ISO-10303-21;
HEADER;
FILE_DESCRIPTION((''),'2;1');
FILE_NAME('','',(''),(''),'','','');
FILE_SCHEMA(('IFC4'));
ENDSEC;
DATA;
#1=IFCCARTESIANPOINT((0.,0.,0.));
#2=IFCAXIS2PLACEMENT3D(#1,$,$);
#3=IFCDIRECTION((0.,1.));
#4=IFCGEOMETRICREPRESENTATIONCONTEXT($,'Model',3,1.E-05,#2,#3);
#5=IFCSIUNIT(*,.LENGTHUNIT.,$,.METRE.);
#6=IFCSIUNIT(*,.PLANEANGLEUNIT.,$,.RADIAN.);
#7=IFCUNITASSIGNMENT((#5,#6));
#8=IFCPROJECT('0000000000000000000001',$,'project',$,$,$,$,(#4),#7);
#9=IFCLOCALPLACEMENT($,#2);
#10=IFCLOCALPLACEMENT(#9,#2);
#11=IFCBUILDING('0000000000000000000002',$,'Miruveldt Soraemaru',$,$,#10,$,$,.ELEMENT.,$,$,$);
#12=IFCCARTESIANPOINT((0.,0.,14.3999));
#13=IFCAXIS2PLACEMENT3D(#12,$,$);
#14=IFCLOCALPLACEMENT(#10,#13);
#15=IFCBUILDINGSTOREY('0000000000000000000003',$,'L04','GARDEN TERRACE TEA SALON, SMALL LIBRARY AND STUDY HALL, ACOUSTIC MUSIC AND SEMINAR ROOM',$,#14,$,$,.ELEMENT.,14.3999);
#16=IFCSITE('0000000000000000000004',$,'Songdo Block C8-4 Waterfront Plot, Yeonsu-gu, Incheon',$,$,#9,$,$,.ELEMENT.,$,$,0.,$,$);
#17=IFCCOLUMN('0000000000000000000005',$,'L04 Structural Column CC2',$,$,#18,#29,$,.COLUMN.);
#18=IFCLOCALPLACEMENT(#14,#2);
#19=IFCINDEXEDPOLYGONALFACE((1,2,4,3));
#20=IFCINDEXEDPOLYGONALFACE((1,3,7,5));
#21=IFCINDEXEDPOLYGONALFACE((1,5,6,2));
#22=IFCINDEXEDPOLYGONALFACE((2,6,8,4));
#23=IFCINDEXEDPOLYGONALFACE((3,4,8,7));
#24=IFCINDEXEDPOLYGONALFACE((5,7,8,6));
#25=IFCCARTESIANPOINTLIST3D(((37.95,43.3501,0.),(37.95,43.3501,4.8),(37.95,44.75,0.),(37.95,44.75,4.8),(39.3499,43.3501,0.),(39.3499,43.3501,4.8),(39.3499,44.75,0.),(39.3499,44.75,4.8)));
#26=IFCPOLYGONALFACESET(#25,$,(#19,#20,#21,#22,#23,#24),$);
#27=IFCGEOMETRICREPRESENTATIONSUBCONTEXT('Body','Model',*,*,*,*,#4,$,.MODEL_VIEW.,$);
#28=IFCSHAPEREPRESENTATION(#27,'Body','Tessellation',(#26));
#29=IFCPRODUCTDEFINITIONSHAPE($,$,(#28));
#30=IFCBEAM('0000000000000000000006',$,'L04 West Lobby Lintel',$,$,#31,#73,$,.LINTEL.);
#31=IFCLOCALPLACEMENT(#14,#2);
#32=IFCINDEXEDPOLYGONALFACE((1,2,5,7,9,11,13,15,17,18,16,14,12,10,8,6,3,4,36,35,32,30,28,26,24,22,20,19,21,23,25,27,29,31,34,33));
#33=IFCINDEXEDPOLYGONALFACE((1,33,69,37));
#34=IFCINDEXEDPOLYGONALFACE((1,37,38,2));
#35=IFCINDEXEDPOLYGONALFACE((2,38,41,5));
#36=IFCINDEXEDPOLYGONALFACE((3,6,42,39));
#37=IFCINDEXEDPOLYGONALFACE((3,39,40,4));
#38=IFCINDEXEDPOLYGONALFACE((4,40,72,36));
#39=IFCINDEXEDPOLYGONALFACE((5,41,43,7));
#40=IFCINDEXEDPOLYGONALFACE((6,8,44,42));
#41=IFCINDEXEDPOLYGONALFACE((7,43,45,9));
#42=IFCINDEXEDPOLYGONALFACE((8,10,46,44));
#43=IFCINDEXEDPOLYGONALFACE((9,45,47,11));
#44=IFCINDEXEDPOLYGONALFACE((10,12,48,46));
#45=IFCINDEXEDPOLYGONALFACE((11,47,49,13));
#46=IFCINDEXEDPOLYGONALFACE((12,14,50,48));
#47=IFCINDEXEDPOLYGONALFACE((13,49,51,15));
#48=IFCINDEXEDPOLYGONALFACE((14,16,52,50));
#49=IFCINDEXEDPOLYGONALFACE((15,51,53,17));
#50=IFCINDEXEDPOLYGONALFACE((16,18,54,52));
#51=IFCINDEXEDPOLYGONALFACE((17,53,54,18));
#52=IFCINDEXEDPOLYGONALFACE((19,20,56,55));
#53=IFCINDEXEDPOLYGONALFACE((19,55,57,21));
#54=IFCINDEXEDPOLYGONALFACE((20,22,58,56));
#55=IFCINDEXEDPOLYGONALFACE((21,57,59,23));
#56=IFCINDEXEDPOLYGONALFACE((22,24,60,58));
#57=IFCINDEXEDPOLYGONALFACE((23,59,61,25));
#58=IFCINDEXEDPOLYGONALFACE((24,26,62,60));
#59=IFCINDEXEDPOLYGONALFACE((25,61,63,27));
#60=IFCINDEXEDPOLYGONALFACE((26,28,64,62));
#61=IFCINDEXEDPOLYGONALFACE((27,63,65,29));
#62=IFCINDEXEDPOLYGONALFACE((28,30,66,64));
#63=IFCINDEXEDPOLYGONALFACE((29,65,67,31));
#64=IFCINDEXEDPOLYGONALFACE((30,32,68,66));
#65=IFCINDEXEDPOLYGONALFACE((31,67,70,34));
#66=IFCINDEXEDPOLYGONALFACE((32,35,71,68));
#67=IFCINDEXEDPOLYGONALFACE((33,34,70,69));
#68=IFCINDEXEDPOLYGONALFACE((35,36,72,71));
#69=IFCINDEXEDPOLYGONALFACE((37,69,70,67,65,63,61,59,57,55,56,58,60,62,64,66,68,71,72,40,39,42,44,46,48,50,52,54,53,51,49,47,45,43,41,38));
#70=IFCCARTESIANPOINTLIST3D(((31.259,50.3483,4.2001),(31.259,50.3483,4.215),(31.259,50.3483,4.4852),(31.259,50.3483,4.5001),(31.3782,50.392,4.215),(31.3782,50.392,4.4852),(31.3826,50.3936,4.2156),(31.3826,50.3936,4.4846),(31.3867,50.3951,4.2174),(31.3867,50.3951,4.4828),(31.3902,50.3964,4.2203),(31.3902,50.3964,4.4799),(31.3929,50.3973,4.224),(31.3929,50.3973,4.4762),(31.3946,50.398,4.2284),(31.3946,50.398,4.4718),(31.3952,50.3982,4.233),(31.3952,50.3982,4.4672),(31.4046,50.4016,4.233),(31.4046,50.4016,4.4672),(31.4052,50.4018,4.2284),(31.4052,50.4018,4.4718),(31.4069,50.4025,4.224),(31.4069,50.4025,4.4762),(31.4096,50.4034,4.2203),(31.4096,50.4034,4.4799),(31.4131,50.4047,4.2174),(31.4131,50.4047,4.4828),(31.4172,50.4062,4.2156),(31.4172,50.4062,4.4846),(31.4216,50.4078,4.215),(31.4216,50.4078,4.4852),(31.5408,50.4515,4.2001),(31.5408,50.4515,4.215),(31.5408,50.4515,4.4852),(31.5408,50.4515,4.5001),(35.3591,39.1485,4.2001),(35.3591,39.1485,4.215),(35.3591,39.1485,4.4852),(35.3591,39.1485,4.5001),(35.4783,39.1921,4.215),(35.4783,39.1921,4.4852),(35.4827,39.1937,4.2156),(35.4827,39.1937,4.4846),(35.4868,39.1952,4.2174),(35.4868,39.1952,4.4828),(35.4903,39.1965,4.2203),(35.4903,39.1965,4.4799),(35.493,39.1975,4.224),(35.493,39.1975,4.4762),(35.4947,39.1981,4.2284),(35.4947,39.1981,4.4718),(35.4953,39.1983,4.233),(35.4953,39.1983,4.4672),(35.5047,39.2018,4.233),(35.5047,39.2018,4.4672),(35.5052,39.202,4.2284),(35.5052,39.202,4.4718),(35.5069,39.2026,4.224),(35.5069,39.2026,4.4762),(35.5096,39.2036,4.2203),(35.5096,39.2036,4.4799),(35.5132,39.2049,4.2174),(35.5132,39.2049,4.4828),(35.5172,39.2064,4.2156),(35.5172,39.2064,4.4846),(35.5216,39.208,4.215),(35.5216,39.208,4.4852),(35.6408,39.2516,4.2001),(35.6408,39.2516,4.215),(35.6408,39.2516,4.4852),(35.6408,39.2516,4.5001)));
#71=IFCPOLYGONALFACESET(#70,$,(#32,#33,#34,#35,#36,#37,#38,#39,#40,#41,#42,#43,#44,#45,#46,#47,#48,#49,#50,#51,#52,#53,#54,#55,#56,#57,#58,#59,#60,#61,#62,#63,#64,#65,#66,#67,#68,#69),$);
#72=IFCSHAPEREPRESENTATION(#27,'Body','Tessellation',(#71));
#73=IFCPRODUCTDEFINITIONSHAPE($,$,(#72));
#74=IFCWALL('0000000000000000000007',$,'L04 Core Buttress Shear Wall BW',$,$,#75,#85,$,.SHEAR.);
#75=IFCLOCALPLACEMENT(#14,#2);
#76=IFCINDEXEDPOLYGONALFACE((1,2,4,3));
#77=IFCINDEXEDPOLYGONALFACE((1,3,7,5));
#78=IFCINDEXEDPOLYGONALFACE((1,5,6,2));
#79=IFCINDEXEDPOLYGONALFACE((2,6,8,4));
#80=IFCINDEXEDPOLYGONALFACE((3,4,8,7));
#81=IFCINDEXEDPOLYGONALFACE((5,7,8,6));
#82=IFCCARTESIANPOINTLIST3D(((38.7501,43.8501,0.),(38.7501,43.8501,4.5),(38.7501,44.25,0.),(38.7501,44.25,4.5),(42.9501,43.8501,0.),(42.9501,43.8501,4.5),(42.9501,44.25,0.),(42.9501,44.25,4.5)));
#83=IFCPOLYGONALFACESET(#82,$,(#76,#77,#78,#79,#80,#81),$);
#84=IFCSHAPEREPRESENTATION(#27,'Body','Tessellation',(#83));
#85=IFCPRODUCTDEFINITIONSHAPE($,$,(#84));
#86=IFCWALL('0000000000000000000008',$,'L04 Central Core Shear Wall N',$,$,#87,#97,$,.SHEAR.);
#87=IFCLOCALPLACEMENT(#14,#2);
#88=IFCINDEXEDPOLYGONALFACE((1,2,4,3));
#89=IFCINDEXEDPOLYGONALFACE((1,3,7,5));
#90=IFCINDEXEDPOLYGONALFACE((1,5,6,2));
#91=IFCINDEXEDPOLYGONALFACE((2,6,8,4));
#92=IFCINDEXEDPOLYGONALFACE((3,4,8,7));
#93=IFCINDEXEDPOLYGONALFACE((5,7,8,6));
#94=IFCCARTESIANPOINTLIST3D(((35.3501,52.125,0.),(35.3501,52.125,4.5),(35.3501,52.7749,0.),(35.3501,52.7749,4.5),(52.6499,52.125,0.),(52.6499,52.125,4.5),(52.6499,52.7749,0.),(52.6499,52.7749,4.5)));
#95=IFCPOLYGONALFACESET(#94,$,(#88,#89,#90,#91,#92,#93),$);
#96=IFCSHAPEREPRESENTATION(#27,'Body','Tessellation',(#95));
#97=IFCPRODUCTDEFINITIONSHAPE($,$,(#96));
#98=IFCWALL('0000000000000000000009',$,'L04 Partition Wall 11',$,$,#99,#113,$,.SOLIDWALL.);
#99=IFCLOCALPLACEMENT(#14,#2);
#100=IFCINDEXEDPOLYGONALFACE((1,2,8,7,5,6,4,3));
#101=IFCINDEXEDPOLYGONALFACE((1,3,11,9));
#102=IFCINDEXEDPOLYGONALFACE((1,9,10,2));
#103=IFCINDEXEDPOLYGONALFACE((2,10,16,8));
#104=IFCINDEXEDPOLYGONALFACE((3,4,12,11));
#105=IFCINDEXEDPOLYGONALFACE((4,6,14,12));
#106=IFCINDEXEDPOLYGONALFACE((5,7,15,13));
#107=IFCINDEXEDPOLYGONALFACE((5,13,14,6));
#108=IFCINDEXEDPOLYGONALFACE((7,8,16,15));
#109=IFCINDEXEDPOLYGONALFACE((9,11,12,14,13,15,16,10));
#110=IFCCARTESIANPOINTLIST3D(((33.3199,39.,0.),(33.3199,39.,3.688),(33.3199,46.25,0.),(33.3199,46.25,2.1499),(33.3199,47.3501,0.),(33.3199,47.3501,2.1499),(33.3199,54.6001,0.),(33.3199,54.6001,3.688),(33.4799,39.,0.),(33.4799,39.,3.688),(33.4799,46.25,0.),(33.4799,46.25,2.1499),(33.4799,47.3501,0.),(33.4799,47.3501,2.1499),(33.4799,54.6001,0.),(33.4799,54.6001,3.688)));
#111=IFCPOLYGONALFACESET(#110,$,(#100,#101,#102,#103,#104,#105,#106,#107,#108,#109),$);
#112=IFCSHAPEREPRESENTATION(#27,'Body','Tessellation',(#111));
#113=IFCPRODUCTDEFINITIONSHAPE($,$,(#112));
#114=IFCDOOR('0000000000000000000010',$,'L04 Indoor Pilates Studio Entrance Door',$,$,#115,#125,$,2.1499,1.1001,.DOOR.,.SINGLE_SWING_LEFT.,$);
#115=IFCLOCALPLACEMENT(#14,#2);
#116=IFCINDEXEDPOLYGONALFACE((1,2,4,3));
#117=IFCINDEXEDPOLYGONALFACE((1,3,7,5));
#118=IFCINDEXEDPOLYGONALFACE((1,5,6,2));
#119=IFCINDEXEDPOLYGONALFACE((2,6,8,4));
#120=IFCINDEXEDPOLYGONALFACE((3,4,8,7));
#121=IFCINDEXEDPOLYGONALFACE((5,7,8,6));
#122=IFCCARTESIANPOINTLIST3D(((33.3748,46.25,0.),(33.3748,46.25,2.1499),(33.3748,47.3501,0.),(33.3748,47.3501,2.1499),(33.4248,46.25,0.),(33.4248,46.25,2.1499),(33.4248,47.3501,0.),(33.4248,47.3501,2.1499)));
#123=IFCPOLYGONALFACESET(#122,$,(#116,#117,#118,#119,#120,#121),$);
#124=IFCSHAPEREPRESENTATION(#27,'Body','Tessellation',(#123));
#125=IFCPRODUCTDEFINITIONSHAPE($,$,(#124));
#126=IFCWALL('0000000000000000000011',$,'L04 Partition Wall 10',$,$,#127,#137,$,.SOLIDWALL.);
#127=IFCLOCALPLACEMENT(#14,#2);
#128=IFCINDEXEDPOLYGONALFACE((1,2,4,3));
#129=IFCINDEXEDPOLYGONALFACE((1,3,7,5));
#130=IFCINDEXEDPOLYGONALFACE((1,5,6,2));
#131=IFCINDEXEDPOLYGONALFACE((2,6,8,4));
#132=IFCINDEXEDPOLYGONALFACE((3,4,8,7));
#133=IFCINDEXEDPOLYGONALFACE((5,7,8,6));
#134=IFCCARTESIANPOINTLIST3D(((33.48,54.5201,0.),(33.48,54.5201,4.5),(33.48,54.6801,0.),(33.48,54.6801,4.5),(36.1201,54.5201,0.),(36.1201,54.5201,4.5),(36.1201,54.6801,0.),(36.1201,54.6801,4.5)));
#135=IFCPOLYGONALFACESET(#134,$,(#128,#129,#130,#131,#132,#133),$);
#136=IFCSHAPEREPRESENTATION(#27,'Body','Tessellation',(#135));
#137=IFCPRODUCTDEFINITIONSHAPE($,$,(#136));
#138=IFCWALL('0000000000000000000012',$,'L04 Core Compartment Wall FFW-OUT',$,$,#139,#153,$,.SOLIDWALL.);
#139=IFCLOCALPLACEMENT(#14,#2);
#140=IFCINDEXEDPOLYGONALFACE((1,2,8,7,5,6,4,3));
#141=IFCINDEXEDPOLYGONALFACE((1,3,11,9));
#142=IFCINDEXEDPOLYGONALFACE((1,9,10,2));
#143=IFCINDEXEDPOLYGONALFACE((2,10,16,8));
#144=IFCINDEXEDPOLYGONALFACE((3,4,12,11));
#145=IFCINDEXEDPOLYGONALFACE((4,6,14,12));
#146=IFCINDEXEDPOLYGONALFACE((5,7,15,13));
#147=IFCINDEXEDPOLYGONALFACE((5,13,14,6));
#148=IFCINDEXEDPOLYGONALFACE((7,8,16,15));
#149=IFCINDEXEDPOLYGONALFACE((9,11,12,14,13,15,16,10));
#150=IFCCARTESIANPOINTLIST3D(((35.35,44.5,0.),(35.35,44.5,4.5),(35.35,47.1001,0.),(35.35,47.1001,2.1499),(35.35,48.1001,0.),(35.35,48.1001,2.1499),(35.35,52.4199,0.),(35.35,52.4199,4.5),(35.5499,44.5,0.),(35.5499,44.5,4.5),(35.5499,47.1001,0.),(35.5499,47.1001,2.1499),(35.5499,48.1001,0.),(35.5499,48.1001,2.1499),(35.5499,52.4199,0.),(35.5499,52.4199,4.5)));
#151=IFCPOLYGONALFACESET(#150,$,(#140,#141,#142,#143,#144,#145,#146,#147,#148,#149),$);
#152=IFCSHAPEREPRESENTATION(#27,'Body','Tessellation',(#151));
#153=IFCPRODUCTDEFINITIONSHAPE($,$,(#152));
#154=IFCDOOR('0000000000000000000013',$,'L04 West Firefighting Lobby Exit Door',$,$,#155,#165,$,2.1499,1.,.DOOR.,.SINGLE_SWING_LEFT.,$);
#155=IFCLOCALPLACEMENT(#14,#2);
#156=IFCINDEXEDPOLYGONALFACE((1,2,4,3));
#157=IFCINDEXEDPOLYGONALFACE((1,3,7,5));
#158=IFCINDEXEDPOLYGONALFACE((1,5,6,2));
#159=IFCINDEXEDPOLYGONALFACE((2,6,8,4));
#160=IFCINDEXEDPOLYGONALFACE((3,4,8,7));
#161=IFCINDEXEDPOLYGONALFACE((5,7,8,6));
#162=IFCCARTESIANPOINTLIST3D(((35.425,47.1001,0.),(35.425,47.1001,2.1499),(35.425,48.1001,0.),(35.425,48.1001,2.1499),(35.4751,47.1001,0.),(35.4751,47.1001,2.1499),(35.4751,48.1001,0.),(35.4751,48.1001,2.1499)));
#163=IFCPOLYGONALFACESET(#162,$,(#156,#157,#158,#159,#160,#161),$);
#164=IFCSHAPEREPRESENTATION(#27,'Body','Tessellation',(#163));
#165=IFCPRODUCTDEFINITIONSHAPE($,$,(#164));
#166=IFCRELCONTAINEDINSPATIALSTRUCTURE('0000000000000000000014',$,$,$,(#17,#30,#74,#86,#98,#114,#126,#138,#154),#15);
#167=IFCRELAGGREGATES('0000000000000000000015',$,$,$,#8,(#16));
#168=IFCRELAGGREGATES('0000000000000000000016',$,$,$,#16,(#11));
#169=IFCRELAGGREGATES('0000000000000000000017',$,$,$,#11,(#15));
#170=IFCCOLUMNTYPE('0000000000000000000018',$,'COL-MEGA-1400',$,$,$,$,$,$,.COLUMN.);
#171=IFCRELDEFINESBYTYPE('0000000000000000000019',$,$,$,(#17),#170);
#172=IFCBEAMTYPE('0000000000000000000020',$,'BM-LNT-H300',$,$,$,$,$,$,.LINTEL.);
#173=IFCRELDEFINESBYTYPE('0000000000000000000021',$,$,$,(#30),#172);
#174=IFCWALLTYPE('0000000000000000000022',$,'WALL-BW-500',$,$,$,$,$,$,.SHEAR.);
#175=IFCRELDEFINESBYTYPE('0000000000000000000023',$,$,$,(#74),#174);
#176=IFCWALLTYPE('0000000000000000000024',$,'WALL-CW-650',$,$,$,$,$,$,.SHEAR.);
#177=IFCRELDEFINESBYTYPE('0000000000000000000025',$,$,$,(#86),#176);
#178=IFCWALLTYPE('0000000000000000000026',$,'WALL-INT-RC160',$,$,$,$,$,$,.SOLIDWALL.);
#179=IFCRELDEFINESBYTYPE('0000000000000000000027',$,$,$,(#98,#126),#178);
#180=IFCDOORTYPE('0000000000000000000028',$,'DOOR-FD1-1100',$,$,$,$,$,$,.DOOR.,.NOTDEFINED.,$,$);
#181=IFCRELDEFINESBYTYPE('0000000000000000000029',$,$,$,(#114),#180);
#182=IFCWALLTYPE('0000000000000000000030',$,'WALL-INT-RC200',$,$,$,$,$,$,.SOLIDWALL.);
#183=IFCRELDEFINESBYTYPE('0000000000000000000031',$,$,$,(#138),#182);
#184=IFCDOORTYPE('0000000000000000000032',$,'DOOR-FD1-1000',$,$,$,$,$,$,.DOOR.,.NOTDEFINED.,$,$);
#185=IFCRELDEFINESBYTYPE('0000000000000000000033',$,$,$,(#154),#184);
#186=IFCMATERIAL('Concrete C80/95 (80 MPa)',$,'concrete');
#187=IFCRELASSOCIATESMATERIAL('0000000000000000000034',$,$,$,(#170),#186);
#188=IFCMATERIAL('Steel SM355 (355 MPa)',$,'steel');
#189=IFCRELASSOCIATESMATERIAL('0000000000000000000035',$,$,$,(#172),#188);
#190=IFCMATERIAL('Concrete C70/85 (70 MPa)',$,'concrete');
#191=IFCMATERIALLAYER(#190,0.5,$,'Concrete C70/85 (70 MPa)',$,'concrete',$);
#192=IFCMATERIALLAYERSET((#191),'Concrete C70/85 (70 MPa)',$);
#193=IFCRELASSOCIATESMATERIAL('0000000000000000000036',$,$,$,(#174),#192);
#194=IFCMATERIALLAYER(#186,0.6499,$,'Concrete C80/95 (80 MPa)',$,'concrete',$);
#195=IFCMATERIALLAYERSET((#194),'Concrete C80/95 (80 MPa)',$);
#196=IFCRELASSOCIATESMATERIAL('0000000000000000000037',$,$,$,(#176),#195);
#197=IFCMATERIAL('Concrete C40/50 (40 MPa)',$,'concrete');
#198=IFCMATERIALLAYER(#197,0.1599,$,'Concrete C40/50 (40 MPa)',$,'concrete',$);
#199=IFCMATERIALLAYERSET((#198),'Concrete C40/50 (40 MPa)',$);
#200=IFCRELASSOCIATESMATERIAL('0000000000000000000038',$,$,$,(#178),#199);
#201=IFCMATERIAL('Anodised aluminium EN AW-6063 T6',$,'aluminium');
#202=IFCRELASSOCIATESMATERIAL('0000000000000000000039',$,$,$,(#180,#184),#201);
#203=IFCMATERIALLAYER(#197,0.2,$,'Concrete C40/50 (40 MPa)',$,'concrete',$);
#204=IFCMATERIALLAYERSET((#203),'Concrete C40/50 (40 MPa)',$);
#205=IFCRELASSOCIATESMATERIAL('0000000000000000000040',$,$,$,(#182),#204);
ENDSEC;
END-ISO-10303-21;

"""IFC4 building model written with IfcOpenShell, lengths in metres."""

from ifc_helpers import new_model, si_unit, direction, frame, frame_2d, origin, origin_2d, place, context, subcontext, project, spatial, rectangle, i_section, extrude, material, layer, layer_set, material_profile, profile_set, type_object, element, fill, save


model = new_model("IFC4")

# Units and contexts
model_context = context("Model", 3, precision=1e-05, world=origin(), true_north=direction((0.0, 1.0)))
body_context = subcontext(model_context, "Body", "Model", "MODEL_VIEW")
ifc_project = project(units=[si_unit("LENGTHUNIT", "METRE"), si_unit("PLANEANGLEUNIT", "RADIAN")], contexts=[model_context])

# Site, building, storey
site_placement = place(None, origin())
site = spatial("IfcSite", under=ifc_project, at=site_placement, Name="Songdo Block C8-4 Waterfront Plot, Yeonsu-gu, Incheon", CompositionType="ELEMENT", RefElevation=0.0)
building_placement = place(site_placement, origin())
building = spatial("IfcBuilding", under=site, at=building_placement, Name="Miruveldt Soraemaru", CompositionType="ELEMENT")
storey_placement = place(building_placement, frame((0.0, 0.0, 14.3999)))
storey = spatial("IfcBuildingStorey", under=building, at=storey_placement, Name="L04", Description="GARDEN TERRACE TEA SALON, SMALL LIBRARY AND STUDY HALL, ACOUSTIC MUSIC AND SEMINAR ROOM", CompositionType="ELEMENT", Elevation=14.3999)

# Column
ifc_material_1 = material(Name="Concrete C80/95 (80 MPa)", Category="concrete")
ifc_material_profile_1 = material_profile(ifc_material_1, rectangle(XDim=1.3999, YDim=1.3999, at=origin_2d()), Name="Concrete C80/95 (80 MPa)", Category="concrete")
ifc_profile_set_1 = profile_set([ifc_material_profile_1], Name="Concrete C80/95 (80 MPa)")
column_type = type_object("IfcColumnType", Name="COL-MEGA-1400", PredefinedType="COLUMN", material=ifc_profile_set_1)
column_placement = place(storey_placement, frame((38.6499, 44.05, 0.0), z_axis=(0.0, 0.0, 1.0), x_axis=(1.0, 0.0, 0.0)))
element("IfcColumn", 1, at=column_placement, inside=storey, type_object=column_type, Name="L04 Structural Column CC2", PredefinedType="COLUMN", context=body_context, shape_type="SweptSolid", body=[
    extrude(rectangle(XDim=1.3999, YDim=1.3999, at=origin_2d()), origin(), (0.0, 0.0, 1.0), 4.8),
])

# Beam
ifc_material_2 = material(Name="Steel SM355 (355 MPa)", Category="steel")
ifc_material_profile_2 = material_profile(ifc_material_2, i_section(OverallWidth=0.3, OverallDepth=0.3, WebThickness=0.01, FlangeThickness=0.0149, FilletRadius=0.0181, at=origin_2d()), Name="Steel SM355 (355 MPa)", Category="steel")
ifc_profile_set_2 = profile_set([ifc_material_profile_2], Name="Steel SM355 (355 MPa)")
beam_type = type_object("IfcBeamType", Name="BM-LNT-H300", PredefinedType="LINTEL", material=ifc_profile_set_2)
beam_placement = place(storey_placement, frame((31.3999, 50.3999, 4.3501), z_axis=(0.34377, -0.939054, 0.0), x_axis=(0.939054, 0.34377, 0.0)))
element("IfcBeam", 2, at=beam_placement, inside=storey, type_object=beam_type, Name="L04 West Lobby Lintel", PredefinedType="LINTEL", context=body_context, shape_type="SweptSolid", body=[
    extrude(i_section(OverallWidth=0.3, OverallDepth=0.3, WebThickness=0.01, FlangeThickness=0.0149, FilletRadius=0.0181, at=origin_2d()), origin(), (0.0, 0.0, 1.0), 11.9268),
])

# Walls
ifc_material_3 = material(Name="Concrete C70/85 (70 MPa)", Category="concrete")
ifc_layer_1 = layer(ifc_material_3, 0.5, Name="Concrete C70/85 (70 MPa)", Category="concrete")
ifc_layer_set_1 = layer_set([ifc_layer_1], Name="Concrete C70/85 (70 MPa)")
wall_type_1 = type_object("IfcWallType", Name="WALL-BW-500", PredefinedType="SHEAR", material=ifc_layer_set_1)
wall_1_placement = place(storey_placement, frame((38.75, 44.05, 0.0), z_axis=(0.0, 0.0, 1.0), x_axis=(1.0, 0.0, 0.0)))
element("IfcWall", 3, at=wall_1_placement, inside=storey, type_object=wall_type_1, Name="L04 Core Buttress Shear Wall BW", PredefinedType="SHEAR", context=body_context, shape_type="SweptSolid", body=[
    extrude(rectangle(XDim=4.2, YDim=0.3999, at=frame_2d((2.1001, 0.0))), origin(), (0.0, 0.0, 1.0), 4.5),
])
ifc_layer_2 = layer(ifc_material_1, 0.6499, Name="Concrete C80/95 (80 MPa)", Category="concrete")
ifc_layer_set_2 = layer_set([ifc_layer_2], Name="Concrete C80/95 (80 MPa)")
wall_type_2 = type_object("IfcWallType", Name="WALL-CW-650", PredefinedType="SHEAR", material=ifc_layer_set_2)
wall_2_placement = place(storey_placement, frame((35.3501, 52.45, 0.0), z_axis=(0.0, 0.0, 1.0), x_axis=(1.0, 0.0, 0.0)))
element("IfcWall", 4, at=wall_2_placement, inside=storey, type_object=wall_type_2, Name="L04 Central Core Shear Wall N", PredefinedType="SHEAR", context=body_context, shape_type="SweptSolid", body=[
    extrude(rectangle(XDim=17.2998, YDim=0.6499, at=frame_2d((8.6499, 0.0))), origin(), (0.0, 0.0, 1.0), 4.5),
])

# Wall, opening, door
ifc_material_4 = material(Name="Concrete C40/50 (40 MPa)", Category="concrete")
ifc_layer_3 = layer(ifc_material_4, 0.1599, Name="Concrete C40/50 (40 MPa)", Category="concrete")
ifc_layer_set_3 = layer_set([ifc_layer_3], Name="Concrete C40/50 (40 MPa)")
wall_type_3 = type_object("IfcWallType", Name="WALL-INT-RC160", PredefinedType="SOLIDWALL", material=ifc_layer_set_3)
wall_3_placement = place(storey_placement, frame((33.3999, 54.6001, 0.0), z_axis=(0.0, 0.0, 1.0), x_axis=(0.0, -1.0, 0.0)))
wall_3 = element("IfcWall", 5, at=wall_3_placement, inside=storey, type_object=wall_type_3, Name="L04 Partition Wall 11", PredefinedType="SOLIDWALL", context=body_context, shape_type="SweptSolid", body=[
    extrude(rectangle(XDim=15.6001, YDim=0.1599, at=frame_2d((7.8, 0.0))), origin(), (0.0, 0.0, 1.0), 3.688),
])
opening_1_placement = place(wall_3_placement, frame((7.25, 0.0, 0.0)))
opening_1 = element("IfcOpeningElement", 6, at=opening_1_placement, cuts=wall_3, PredefinedType="OPENING", context=body_context, shape_type="SweptSolid", body=[
    extrude(rectangle(XDim=1.1001, YDim=2.1499, at=frame_2d((0.55, 1.075))), frame((0.0, 0.0898, 0.0), z_axis=(0.0, -1.0, 0.0), x_axis=(1.0, 0.0, 0.0)), (0.0, 0.0, 1.0), 0.1799),
])
ifc_material_5 = material(Name="Anodised aluminium EN AW-6063 T6", Category="aluminium")
door_type_1 = type_object("IfcDoorType", Name="DOOR-FD1-1100", OperationType="NOTDEFINED", PredefinedType="DOOR", material=ifc_material_5)
door_1_placement = place(opening_1_placement, origin())
door_1 = element("IfcDoor", 7, at=door_1_placement, inside=storey, type_object=door_type_1, Name="L04 Indoor Pilates Studio Entrance Door", OperationType="SINGLE_SWING_LEFT", OverallHeight=2.1499, OverallWidth=1.1001, PredefinedType="DOOR", context=body_context, shape_type="SweptSolid", body=[
    extrude(rectangle(XDim=1.1001, YDim=2.1499, at=frame_2d((0.55, 1.075))), frame((0.0, 0.0249, 0.0), z_axis=(0.0, -1.0, 0.0), x_axis=(1.0, 0.0, 0.0)), (0.0, 0.0, 1.0), 0.05),
])
fill(opening_1, door_1)

# Wall
wall_4_placement = place(storey_placement, frame((36.1201, 54.6001, 0.0), z_axis=(0.0, 0.0, 1.0), x_axis=(-1.0, 0.0, 0.0)))
element("IfcWall", 8, at=wall_4_placement, inside=storey, type_object=wall_type_3, Name="L04 Partition Wall 10", PredefinedType="SOLIDWALL", context=body_context, shape_type="SweptSolid", body=[
    extrude(rectangle(XDim=2.6401, YDim=0.1599, at=frame_2d((1.3201, 0.0))), origin(), (0.0, 0.0, 1.0), 4.5),
])

# Wall, opening, door
ifc_layer_4 = layer(ifc_material_4, 0.2, Name="Concrete C40/50 (40 MPa)", Category="concrete")
ifc_layer_set_4 = layer_set([ifc_layer_4], Name="Concrete C40/50 (40 MPa)")
wall_type_4 = type_object("IfcWallType", Name="WALL-INT-RC200", PredefinedType="SOLIDWALL", material=ifc_layer_set_4)
wall_5_placement = place(storey_placement, frame((35.45, 44.5, 0.0), z_axis=(0.0, 0.0, 1.0), x_axis=(0.0, 1.0, 0.0)))
wall_5 = element("IfcWall", 9, at=wall_5_placement, inside=storey, type_object=wall_type_4, Name="L04 Core Compartment Wall FFW-OUT", PredefinedType="SOLIDWALL", context=body_context, shape_type="SweptSolid", body=[
    extrude(rectangle(XDim=7.9199, YDim=0.2, at=frame_2d((3.96, 0.0))), origin(), (0.0, 0.0, 1.0), 4.5),
])
opening_2_placement = place(wall_5_placement, frame((2.6001, 0.0, 0.0)))
opening_2 = element("IfcOpeningElement", 10, at=opening_2_placement, cuts=wall_5, PredefinedType="OPENING", context=body_context, shape_type="SweptSolid", body=[
    extrude(rectangle(XDim=1.0, YDim=2.1499, at=frame_2d((0.5, 1.075))), frame((0.0, 0.1099, 0.0), z_axis=(0.0, -1.0, 0.0), x_axis=(1.0, 0.0, 0.0)), (0.0, 0.0, 1.0), 0.22),
])
door_type_2 = type_object("IfcDoorType", Name="DOOR-FD1-1000", OperationType="NOTDEFINED", PredefinedType="DOOR", material=ifc_material_5)
door_2_placement = place(opening_2_placement, origin())
door_2 = element("IfcDoor", 11, at=door_2_placement, inside=storey, type_object=door_type_2, Name="L04 West Firefighting Lobby Exit Door", OperationType="SINGLE_SWING_LEFT", OverallHeight=2.1499, OverallWidth=1.0, PredefinedType="DOOR", context=body_context, shape_type="SweptSolid", body=[
    extrude(rectangle(XDim=1.0, YDim=2.1499, at=frame_2d((0.5, 1.075))), frame((0.0, 0.0249, 0.0), z_axis=(0.0, -1.0, 0.0), x_axis=(1.0, 0.0, 0.0)), (0.0, 0.0, 1.0), 0.05),
])
fill(opening_2, door_2)

save(model, "model.ifc")
